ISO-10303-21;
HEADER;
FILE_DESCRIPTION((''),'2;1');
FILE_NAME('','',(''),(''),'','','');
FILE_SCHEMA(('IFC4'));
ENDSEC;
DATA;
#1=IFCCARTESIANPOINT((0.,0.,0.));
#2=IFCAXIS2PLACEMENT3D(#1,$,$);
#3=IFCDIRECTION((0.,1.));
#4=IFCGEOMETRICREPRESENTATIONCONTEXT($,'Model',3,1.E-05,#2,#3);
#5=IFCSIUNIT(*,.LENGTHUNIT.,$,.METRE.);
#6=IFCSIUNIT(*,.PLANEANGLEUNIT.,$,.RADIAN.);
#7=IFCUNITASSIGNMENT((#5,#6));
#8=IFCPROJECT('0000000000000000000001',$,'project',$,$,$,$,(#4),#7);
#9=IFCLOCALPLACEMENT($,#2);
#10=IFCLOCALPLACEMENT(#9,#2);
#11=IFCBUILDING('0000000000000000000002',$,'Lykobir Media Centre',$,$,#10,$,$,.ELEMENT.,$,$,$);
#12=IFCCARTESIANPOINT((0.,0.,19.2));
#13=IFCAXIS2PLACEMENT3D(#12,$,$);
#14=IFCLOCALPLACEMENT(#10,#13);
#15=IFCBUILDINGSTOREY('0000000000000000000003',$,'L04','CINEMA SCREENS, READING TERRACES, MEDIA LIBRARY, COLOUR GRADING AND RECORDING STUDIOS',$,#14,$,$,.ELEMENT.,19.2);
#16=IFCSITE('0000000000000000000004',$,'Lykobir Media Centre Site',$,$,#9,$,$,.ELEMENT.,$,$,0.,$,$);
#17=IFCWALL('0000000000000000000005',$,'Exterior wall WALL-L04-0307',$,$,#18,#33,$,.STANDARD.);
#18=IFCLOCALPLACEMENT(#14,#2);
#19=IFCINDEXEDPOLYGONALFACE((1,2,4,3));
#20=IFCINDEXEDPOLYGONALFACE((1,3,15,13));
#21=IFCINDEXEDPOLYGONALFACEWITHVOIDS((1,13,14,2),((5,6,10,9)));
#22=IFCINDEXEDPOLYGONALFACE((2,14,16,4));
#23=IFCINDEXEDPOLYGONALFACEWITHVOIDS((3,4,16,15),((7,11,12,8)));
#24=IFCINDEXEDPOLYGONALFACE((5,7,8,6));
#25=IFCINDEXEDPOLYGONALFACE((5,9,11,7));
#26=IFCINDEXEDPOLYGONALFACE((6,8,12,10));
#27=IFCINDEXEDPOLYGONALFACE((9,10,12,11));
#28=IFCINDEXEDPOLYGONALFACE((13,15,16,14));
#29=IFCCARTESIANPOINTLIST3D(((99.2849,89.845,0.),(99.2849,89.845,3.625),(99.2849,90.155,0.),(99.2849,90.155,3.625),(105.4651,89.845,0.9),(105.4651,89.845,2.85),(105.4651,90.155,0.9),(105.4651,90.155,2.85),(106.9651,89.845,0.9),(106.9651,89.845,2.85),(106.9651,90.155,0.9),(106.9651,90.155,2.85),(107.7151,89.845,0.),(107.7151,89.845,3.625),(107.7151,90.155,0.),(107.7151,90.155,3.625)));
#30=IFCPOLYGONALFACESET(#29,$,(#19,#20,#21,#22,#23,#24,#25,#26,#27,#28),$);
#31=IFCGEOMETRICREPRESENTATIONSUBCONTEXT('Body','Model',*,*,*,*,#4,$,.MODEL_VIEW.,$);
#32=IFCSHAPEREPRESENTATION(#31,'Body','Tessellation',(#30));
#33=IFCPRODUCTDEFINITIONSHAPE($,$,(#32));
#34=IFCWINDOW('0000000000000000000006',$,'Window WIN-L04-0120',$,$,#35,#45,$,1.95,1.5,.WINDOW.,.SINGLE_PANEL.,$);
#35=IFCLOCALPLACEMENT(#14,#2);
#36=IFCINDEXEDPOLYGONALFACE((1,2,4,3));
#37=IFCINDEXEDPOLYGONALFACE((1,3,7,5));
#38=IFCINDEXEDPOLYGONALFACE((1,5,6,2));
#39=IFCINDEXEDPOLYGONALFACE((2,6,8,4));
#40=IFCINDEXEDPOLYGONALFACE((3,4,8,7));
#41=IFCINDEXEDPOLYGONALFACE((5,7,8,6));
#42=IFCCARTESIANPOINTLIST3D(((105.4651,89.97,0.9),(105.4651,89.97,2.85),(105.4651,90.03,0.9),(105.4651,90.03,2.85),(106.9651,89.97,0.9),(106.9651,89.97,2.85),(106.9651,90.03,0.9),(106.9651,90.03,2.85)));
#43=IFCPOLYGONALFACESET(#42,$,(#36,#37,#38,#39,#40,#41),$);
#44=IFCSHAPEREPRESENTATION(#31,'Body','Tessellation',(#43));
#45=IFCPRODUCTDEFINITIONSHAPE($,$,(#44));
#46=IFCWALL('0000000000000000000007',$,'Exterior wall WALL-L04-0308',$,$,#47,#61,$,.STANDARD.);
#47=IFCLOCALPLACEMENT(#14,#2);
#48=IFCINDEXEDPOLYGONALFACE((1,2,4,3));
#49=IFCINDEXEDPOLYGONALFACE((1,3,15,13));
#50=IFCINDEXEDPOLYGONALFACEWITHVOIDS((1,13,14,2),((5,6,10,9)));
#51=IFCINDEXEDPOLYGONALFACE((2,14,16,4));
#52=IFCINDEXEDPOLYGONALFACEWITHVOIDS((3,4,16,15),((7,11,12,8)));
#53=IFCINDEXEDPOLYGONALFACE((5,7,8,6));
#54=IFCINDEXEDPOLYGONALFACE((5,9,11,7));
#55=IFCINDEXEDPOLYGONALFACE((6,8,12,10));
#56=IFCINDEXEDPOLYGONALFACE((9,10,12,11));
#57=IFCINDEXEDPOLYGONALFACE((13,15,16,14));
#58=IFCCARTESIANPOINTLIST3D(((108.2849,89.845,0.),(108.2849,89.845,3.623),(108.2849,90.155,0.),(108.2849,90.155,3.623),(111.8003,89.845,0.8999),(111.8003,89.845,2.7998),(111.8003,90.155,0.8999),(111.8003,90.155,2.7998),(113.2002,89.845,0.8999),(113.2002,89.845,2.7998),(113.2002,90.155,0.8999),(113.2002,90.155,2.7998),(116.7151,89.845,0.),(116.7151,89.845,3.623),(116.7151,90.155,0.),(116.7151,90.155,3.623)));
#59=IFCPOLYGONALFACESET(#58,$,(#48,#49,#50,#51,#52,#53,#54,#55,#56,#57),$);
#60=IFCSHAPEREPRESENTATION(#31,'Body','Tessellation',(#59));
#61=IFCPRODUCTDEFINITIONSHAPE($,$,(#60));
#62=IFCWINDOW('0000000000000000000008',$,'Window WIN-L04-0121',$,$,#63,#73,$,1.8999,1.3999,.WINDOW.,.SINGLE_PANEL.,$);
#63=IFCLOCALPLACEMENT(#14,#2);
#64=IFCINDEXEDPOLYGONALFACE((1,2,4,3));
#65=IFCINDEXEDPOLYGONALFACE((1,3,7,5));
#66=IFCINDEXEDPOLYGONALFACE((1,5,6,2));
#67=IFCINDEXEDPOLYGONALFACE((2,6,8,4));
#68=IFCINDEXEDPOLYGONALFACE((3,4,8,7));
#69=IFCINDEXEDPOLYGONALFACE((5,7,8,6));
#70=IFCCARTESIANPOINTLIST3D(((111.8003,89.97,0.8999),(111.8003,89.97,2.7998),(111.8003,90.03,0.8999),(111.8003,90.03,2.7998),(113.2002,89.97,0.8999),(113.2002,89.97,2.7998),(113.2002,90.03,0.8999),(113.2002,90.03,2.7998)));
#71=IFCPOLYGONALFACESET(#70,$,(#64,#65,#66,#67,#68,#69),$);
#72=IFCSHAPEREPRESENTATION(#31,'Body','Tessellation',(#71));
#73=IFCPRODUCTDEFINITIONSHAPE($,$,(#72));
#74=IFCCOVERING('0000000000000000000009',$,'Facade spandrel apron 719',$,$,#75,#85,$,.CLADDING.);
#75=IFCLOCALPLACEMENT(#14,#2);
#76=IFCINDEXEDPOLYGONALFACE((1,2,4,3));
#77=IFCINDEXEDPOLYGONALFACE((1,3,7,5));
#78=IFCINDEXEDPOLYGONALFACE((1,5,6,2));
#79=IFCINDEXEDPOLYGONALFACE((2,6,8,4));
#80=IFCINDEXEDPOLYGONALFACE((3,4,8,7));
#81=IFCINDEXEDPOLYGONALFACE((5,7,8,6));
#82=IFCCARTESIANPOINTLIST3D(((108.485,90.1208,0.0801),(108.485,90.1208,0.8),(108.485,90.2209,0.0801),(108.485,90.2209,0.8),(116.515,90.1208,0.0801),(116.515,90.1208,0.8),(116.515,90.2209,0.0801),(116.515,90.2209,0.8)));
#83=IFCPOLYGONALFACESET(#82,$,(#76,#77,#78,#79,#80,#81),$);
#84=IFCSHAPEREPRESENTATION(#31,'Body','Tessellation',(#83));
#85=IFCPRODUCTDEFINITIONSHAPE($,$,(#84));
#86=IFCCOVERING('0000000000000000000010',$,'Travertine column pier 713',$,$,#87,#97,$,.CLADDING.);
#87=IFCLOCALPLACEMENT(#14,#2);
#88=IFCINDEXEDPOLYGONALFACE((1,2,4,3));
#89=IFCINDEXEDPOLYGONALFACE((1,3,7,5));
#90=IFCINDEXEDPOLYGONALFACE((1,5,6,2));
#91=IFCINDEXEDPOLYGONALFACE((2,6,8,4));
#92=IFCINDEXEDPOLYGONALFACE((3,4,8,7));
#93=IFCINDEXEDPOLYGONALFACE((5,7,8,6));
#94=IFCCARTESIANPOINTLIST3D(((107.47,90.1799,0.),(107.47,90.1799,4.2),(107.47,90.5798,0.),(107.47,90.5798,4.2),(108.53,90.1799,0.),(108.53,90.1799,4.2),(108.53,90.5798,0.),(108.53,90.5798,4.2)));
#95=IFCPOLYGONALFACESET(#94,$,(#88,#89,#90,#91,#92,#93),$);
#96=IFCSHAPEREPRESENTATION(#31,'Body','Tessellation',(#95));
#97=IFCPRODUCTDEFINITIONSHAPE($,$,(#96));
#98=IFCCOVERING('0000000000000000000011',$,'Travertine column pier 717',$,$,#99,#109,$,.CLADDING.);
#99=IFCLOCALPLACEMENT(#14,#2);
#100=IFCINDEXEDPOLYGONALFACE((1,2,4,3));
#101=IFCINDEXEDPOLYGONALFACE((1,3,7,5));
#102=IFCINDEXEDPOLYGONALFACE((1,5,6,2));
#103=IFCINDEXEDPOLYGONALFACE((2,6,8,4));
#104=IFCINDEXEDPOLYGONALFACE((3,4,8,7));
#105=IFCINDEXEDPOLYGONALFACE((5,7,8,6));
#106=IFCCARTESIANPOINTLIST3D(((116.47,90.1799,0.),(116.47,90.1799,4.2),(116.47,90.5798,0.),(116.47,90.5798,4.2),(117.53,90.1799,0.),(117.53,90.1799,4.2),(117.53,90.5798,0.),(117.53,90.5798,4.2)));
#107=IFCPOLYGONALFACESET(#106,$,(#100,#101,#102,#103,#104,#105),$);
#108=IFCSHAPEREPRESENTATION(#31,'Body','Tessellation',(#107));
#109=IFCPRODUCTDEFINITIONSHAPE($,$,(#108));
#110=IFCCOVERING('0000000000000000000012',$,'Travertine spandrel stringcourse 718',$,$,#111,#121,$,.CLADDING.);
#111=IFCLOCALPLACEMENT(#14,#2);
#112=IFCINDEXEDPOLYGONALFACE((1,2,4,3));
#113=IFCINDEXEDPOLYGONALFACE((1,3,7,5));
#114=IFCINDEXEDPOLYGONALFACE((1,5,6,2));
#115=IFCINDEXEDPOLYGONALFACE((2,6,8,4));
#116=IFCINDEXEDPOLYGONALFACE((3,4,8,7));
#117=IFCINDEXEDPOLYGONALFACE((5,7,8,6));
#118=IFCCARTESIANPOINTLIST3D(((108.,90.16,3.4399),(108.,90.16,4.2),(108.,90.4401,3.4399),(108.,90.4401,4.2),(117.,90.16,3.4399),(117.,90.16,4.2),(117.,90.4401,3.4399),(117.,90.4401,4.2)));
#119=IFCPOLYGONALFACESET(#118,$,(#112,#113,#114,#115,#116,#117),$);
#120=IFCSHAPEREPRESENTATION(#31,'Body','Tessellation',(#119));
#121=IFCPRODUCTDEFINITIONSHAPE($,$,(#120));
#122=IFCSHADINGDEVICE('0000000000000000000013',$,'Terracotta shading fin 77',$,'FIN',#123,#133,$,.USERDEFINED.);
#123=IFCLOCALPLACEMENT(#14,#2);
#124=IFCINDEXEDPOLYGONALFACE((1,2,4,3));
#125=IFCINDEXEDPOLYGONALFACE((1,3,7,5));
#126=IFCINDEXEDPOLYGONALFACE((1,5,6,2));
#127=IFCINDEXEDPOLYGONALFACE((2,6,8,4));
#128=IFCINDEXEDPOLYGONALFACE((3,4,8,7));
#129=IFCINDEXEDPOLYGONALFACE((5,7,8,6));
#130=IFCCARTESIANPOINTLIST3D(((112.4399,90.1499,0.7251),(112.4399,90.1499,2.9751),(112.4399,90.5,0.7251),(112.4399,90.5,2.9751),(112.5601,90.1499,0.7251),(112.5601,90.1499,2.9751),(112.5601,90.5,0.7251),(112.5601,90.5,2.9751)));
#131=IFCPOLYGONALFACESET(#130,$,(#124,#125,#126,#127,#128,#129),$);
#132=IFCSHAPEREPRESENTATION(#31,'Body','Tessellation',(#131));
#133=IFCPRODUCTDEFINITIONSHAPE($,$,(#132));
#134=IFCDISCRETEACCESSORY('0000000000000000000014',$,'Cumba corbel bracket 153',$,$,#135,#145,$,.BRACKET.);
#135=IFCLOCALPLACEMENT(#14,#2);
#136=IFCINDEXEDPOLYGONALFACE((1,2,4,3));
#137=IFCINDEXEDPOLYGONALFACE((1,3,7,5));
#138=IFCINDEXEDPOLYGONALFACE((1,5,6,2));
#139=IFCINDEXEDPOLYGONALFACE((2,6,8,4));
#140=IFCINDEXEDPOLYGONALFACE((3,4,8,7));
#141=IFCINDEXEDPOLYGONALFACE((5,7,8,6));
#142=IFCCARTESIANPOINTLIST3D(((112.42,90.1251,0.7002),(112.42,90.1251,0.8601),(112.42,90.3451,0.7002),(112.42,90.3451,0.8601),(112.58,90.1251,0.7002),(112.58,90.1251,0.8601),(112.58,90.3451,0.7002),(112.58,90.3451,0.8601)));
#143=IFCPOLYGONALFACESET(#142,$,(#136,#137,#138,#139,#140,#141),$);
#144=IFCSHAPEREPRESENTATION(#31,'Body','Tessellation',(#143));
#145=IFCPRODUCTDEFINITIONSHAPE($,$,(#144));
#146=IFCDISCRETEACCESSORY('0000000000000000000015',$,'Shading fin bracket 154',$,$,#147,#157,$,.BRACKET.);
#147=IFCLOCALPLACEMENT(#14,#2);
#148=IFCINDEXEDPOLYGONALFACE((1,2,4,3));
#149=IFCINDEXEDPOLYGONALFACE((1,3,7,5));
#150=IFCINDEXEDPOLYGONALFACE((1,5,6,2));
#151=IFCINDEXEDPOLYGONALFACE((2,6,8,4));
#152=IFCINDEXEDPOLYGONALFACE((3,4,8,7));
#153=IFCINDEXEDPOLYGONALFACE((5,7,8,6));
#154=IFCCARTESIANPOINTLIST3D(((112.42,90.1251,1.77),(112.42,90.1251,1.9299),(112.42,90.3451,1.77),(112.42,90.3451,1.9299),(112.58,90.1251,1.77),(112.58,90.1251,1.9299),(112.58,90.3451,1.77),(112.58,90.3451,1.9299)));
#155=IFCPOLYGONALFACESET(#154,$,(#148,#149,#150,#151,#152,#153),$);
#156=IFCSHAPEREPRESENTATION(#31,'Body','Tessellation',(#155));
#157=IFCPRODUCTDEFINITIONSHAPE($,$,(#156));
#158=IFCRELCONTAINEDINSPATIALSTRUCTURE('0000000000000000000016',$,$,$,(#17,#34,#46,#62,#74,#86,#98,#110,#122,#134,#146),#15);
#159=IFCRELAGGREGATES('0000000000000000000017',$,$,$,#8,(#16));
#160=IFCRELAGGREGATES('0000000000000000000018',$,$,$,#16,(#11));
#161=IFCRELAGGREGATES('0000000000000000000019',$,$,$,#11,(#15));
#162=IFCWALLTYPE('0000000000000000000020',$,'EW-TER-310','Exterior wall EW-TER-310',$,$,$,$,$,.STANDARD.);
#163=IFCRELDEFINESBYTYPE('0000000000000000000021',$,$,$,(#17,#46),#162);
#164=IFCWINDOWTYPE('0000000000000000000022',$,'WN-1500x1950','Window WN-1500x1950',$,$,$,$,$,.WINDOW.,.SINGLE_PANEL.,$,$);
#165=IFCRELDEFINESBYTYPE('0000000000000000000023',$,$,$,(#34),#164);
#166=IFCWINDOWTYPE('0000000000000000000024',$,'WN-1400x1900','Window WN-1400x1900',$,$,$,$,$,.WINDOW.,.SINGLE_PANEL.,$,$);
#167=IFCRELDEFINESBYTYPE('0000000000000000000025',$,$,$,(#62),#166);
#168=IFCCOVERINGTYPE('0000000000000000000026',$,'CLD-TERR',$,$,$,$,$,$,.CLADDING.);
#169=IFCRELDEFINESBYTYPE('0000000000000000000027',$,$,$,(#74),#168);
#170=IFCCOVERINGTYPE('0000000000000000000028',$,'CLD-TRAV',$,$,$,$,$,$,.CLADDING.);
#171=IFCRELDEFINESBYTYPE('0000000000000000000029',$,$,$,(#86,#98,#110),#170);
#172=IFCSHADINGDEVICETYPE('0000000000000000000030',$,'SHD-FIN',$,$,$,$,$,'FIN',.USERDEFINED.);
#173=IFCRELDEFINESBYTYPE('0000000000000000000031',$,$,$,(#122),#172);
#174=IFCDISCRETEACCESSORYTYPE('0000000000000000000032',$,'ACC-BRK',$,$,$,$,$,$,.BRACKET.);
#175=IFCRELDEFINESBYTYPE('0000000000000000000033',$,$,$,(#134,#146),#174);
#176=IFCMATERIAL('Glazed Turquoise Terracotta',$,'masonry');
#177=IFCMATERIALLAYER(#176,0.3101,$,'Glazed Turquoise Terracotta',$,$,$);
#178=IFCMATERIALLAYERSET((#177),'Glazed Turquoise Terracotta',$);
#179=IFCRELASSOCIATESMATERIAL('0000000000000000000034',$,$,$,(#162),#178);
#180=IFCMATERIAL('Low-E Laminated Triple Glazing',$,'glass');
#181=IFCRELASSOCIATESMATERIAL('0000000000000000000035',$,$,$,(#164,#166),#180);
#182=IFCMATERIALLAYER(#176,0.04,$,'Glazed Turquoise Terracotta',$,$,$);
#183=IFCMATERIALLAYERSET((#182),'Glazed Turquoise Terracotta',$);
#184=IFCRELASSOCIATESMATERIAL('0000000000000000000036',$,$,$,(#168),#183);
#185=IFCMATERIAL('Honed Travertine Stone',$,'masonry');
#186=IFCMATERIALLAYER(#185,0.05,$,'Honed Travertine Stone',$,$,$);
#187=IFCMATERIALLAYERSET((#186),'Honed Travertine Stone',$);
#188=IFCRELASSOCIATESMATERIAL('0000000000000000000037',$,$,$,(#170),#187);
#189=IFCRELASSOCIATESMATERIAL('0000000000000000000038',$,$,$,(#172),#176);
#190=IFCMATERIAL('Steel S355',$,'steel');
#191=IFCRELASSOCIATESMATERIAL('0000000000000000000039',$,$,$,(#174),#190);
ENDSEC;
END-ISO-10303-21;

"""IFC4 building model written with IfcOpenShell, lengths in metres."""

from ifc_helpers import new_model, si_unit, direction, frame, frame_2d, origin, origin_2d, place, context, subcontext, project, spatial, rectangle, extrude, material, layer, layer_set, type_object, element, fill, save


model = new_model("IFC4")

# Units and contexts
model_context = context("Model", 3, precision=1e-05, world=origin(), true_north=direction((0.0, 1.0)))
body_context = subcontext(model_context, "Body", "Model", "MODEL_VIEW")
ifc_project = project(units=[si_unit("LENGTHUNIT", "METRE"), si_unit("PLANEANGLEUNIT", "RADIAN")], contexts=[model_context])

# Site, building, storey
site_placement = place(None, origin())
site = spatial("IfcSite", under=ifc_project, at=site_placement, Name="Lykobir Media Centre Site", CompositionType="ELEMENT", RefElevation=0.0)
building_placement = place(site_placement, origin())
building = spatial("IfcBuilding", under=site, at=building_placement, Name="Lykobir Media Centre", CompositionType="ELEMENT")
storey_placement = place(building_placement, frame((0.0, 0.0, 19.2)))
storey = spatial("IfcBuildingStorey", under=building, at=storey_placement, Name="L04", Description="CINEMA SCREENS, READING TERRACES, MEDIA LIBRARY, COLOUR GRADING AND RECORDING STUDIOS", CompositionType="ELEMENT", Elevation=19.2)

# Shared definitions
ifc_material_1 = material(Name="Steel S355", Category="steel")

# Walls, openings, windows
ifc_material_2 = material(Name="Glazed Turquoise Terracotta", Category="masonry")
ifc_layer_1 = layer(ifc_material_2, 0.3101, Name="Glazed Turquoise Terracotta")
ifc_layer_set_1 = layer_set([ifc_layer_1], Name="Glazed Turquoise Terracotta")
wall_type = type_object("IfcWallType", Name="EW-TER-310", Description="Exterior wall EW-TER-310", PredefinedType="STANDARD", material=ifc_layer_set_1)
wall_1_placement = place(storey_placement, frame((107.7151, 90.0, 0.0), z_axis=(0.0, 0.0, 1.0), x_axis=(-1.0, 0.0, 0.0)))
wall_1 = element("IfcWall", 1, at=wall_1_placement, inside=storey, type_object=wall_type, Name="Exterior wall WALL-L04-0307", PredefinedType="STANDARD", context=body_context, shape_type="SweptSolid", body=[
    extrude(rectangle(XDim=8.4302, YDim=0.3101, at=frame_2d((4.2151, 0.0))), origin(), (0.0, 0.0, 1.0), 3.625),
])
opening_1_placement = place(wall_1_placement, frame((0.75, 0.0, 0.8999)))
opening_1 = element("IfcOpeningElement", 2, at=opening_1_placement, cuts=wall_1, PredefinedType="OPENING", context=body_context, shape_type="SweptSolid", body=[
    extrude(rectangle(XDim=1.5, YDim=1.95, at=frame_2d((0.75, 0.9751))), frame((0.0, 0.165, 0.0), z_axis=(0.0, -1.0, 0.0), x_axis=(1.0, 0.0, 0.0)), (0.0, 0.0, 1.0), 0.3301),
])
ifc_material_3 = material(Name="Low-E Laminated Triple Glazing", Category="glass")
window_type_1 = type_object("IfcWindowType", Name="WN-1500x1950", Description="Window WN-1500x1950", PartitioningType="SINGLE_PANEL", PredefinedType="WINDOW", material=ifc_material_3)
window_1_placement = place(opening_1_placement, origin())
window_1 = element("IfcWindow", 3, at=window_1_placement, inside=storey, type_object=window_type_1, Name="Window WIN-L04-0120", OverallHeight=1.95, OverallWidth=1.5, PartitioningType="SINGLE_PANEL", PredefinedType="WINDOW", context=body_context, shape_type="SweptSolid", body=[
    extrude(rectangle(XDim=1.5, YDim=1.95, at=frame_2d((0.75, 0.9751))), frame((0.0, 0.03, 0.0), z_axis=(0.0, -1.0, 0.0), x_axis=(1.0, 0.0, 0.0)), (0.0, 0.0, 1.0), 0.0601),
])
fill(opening_1, window_1)
wall_2_placement = place(storey_placement, frame((116.7151, 90.0, 0.0), z_axis=(0.0, 0.0, 1.0), x_axis=(-1.0, 0.0, 0.0)))
wall_2 = element("IfcWall", 4, at=wall_2_placement, inside=storey, type_object=wall_type, Name="Exterior wall WALL-L04-0308", PredefinedType="STANDARD", context=body_context, shape_type="SweptSolid", body=[
    extrude(rectangle(XDim=8.4302, YDim=0.3101, at=frame_2d((4.2151, 0.0))), origin(), (0.0, 0.0, 1.0), 3.623),
])
opening_2_placement = place(wall_2_placement, frame((3.5149, 0.0, 0.8999)))
opening_2 = element("IfcOpeningElement", 5, at=opening_2_placement, cuts=wall_2, PredefinedType="OPENING", context=body_context, shape_type="SweptSolid", body=[
    extrude(rectangle(XDim=1.3999, YDim=1.8999, at=frame_2d((0.7, 0.95))), frame((0.0, 0.165, 0.0), z_axis=(0.0, -1.0, 0.0), x_axis=(1.0, 0.0, 0.0)), (0.0, 0.0, 1.0), 0.3301),
])
window_type_2 = type_object("IfcWindowType", Name="WN-1400x1900", Description="Window WN-1400x1900", PartitioningType="SINGLE_PANEL", PredefinedType="WINDOW", material=ifc_material_3)
window_2_placement = place(opening_2_placement, origin())
window_2 = element("IfcWindow", 6, at=window_2_placement, inside=storey, type_object=window_type_2, Name="Window WIN-L04-0121", OverallHeight=1.8999, OverallWidth=1.3999, PartitioningType="SINGLE_PANEL", PredefinedType="WINDOW", context=body_context, shape_type="SweptSolid", body=[
    extrude(rectangle(XDim=1.3999, YDim=1.8999, at=frame_2d((0.7, 0.95))), frame((0.0, 0.03, 0.0), z_axis=(0.0, -1.0, 0.0), x_axis=(1.0, 0.0, 0.0)), (0.0, 0.0, 1.0), 0.0601),
])
fill(opening_2, window_2)

# Coverings
ifc_layer_2 = layer(ifc_material_2, 0.04, Name="Glazed Turquoise Terracotta")
ifc_layer_set_2 = layer_set([ifc_layer_2], Name="Glazed Turquoise Terracotta")
covering_type_1 = type_object("IfcCoveringType", Name="CLD-TERR", PredefinedType="CLADDING", material=ifc_layer_set_2)
covering_1_placement = place(storey_placement, frame((112.5, 90.1709, 0.0801), z_axis=(0.0, 0.0, 1.0), x_axis=(-1.0, 0.0, 0.0)))
element("IfcCovering", 7, at=covering_1_placement, inside=storey, type_object=covering_type_1, Name="Facade spandrel apron 719", PredefinedType="CLADDING", context=body_context, shape_type="SweptSolid", body=[
    extrude(rectangle(XDim=8.03, YDim=0.1001, at=origin_2d()), origin(), (0.0, 0.0, 1.0), 0.72),
])
ifc_material_4 = material(Name="Honed Travertine Stone", Category="masonry")
ifc_layer_3 = layer(ifc_material_4, 0.05, Name="Honed Travertine Stone")
ifc_layer_set_3 = layer_set([ifc_layer_3], Name="Honed Travertine Stone")
covering_type_2 = type_object("IfcCoveringType", Name="CLD-TRAV", PredefinedType="CLADDING", material=ifc_layer_set_3)
for number, where, z_axis, x_axis, name in (
    (8, (108.0, 90.3799, 0.0), (0.0, 0.0, 1.0), (-1.0, 0.0, 0.0), "Travertine column pier 713"),
    (9, (117.0, 90.3799, 0.0), (0.0, 0.0, 1.0), (-1.0, 0.0, 0.0), "Travertine column pier 717"),
):
    element("IfcCovering", number, at=place(storey_placement, frame(where, z_axis=z_axis, x_axis=x_axis)), inside=storey, type_object=covering_type_2, Name=name, PredefinedType="CLADDING", context=body_context, shape_type="SweptSolid", body=[
        extrude(rectangle(XDim=1.0601, YDim=0.3999, at=origin_2d()), origin(), (0.0, 0.0, 1.0), 4.2),
    ])
covering_2_placement = place(storey_placement, frame((112.5, 90.3, 3.4399), z_axis=(0.0, 0.0, 1.0), x_axis=(-1.0, 0.0, 0.0)))
element("IfcCovering", 10, at=covering_2_placement, inside=storey, type_object=covering_type_2, Name="Travertine spandrel stringcourse 718", PredefinedType="CLADDING", context=body_context, shape_type="SweptSolid", body=[
    extrude(rectangle(XDim=9.0, YDim=0.28, at=origin_2d()), origin(), (0.0, 0.0, 1.0), 0.76),
])

# Shading device
shading_device_type = type_object("IfcShadingDeviceType", Name="SHD-FIN", ElementType="FIN", PredefinedType="USERDEFINED", material=ifc_material_2)
shading_device_placement = place(storey_placement, frame((112.5, 90.325, 0.7251), z_axis=(0.0, 0.0, 1.0), x_axis=(-1.0, 0.0, 0.0)))
element("IfcShadingDevice", 11, at=shading_device_placement, inside=storey, type_object=shading_device_type, Name="Terracotta shading fin 77", ObjectType="FIN", PredefinedType="USERDEFINED", context=body_context, shape_type="SweptSolid", body=[
    extrude(rectangle(XDim=0.1201, YDim=0.3501, at=origin_2d()), origin(), (0.0, 0.0, 1.0), 2.25),
])

# Discrete accessories
discrete_accessory_type = type_object("IfcDiscreteAccessoryType", Name="ACC-BRK", PredefinedType="BRACKET", material=ifc_material_1)
for number, where, z_axis, x_axis, name in (
    (12, (112.5, 90.2351, 0.7002), (0.0, 0.0, 1.0), (-1.0, 0.0, 0.0), "Cumba corbel bracket 153"),
    (13, (112.5, 90.2351, 1.77), (0.0, 0.0, 1.0), (-1.0, 0.0, 0.0), "Shading fin bracket 154"),
):
    element("IfcDiscreteAccessory", number, at=place(storey_placement, frame(where, z_axis=z_axis, x_axis=x_axis)), inside=storey, type_object=discrete_accessory_type, Name=name, PredefinedType="BRACKET", context=body_context, shape_type="SweptSolid", body=[
        extrude(rectangle(XDim=0.1599, YDim=0.22, at=origin_2d()), origin(), (0.0, 0.0, 1.0), 0.1599),
    ])

save(model, "model.ifc")
